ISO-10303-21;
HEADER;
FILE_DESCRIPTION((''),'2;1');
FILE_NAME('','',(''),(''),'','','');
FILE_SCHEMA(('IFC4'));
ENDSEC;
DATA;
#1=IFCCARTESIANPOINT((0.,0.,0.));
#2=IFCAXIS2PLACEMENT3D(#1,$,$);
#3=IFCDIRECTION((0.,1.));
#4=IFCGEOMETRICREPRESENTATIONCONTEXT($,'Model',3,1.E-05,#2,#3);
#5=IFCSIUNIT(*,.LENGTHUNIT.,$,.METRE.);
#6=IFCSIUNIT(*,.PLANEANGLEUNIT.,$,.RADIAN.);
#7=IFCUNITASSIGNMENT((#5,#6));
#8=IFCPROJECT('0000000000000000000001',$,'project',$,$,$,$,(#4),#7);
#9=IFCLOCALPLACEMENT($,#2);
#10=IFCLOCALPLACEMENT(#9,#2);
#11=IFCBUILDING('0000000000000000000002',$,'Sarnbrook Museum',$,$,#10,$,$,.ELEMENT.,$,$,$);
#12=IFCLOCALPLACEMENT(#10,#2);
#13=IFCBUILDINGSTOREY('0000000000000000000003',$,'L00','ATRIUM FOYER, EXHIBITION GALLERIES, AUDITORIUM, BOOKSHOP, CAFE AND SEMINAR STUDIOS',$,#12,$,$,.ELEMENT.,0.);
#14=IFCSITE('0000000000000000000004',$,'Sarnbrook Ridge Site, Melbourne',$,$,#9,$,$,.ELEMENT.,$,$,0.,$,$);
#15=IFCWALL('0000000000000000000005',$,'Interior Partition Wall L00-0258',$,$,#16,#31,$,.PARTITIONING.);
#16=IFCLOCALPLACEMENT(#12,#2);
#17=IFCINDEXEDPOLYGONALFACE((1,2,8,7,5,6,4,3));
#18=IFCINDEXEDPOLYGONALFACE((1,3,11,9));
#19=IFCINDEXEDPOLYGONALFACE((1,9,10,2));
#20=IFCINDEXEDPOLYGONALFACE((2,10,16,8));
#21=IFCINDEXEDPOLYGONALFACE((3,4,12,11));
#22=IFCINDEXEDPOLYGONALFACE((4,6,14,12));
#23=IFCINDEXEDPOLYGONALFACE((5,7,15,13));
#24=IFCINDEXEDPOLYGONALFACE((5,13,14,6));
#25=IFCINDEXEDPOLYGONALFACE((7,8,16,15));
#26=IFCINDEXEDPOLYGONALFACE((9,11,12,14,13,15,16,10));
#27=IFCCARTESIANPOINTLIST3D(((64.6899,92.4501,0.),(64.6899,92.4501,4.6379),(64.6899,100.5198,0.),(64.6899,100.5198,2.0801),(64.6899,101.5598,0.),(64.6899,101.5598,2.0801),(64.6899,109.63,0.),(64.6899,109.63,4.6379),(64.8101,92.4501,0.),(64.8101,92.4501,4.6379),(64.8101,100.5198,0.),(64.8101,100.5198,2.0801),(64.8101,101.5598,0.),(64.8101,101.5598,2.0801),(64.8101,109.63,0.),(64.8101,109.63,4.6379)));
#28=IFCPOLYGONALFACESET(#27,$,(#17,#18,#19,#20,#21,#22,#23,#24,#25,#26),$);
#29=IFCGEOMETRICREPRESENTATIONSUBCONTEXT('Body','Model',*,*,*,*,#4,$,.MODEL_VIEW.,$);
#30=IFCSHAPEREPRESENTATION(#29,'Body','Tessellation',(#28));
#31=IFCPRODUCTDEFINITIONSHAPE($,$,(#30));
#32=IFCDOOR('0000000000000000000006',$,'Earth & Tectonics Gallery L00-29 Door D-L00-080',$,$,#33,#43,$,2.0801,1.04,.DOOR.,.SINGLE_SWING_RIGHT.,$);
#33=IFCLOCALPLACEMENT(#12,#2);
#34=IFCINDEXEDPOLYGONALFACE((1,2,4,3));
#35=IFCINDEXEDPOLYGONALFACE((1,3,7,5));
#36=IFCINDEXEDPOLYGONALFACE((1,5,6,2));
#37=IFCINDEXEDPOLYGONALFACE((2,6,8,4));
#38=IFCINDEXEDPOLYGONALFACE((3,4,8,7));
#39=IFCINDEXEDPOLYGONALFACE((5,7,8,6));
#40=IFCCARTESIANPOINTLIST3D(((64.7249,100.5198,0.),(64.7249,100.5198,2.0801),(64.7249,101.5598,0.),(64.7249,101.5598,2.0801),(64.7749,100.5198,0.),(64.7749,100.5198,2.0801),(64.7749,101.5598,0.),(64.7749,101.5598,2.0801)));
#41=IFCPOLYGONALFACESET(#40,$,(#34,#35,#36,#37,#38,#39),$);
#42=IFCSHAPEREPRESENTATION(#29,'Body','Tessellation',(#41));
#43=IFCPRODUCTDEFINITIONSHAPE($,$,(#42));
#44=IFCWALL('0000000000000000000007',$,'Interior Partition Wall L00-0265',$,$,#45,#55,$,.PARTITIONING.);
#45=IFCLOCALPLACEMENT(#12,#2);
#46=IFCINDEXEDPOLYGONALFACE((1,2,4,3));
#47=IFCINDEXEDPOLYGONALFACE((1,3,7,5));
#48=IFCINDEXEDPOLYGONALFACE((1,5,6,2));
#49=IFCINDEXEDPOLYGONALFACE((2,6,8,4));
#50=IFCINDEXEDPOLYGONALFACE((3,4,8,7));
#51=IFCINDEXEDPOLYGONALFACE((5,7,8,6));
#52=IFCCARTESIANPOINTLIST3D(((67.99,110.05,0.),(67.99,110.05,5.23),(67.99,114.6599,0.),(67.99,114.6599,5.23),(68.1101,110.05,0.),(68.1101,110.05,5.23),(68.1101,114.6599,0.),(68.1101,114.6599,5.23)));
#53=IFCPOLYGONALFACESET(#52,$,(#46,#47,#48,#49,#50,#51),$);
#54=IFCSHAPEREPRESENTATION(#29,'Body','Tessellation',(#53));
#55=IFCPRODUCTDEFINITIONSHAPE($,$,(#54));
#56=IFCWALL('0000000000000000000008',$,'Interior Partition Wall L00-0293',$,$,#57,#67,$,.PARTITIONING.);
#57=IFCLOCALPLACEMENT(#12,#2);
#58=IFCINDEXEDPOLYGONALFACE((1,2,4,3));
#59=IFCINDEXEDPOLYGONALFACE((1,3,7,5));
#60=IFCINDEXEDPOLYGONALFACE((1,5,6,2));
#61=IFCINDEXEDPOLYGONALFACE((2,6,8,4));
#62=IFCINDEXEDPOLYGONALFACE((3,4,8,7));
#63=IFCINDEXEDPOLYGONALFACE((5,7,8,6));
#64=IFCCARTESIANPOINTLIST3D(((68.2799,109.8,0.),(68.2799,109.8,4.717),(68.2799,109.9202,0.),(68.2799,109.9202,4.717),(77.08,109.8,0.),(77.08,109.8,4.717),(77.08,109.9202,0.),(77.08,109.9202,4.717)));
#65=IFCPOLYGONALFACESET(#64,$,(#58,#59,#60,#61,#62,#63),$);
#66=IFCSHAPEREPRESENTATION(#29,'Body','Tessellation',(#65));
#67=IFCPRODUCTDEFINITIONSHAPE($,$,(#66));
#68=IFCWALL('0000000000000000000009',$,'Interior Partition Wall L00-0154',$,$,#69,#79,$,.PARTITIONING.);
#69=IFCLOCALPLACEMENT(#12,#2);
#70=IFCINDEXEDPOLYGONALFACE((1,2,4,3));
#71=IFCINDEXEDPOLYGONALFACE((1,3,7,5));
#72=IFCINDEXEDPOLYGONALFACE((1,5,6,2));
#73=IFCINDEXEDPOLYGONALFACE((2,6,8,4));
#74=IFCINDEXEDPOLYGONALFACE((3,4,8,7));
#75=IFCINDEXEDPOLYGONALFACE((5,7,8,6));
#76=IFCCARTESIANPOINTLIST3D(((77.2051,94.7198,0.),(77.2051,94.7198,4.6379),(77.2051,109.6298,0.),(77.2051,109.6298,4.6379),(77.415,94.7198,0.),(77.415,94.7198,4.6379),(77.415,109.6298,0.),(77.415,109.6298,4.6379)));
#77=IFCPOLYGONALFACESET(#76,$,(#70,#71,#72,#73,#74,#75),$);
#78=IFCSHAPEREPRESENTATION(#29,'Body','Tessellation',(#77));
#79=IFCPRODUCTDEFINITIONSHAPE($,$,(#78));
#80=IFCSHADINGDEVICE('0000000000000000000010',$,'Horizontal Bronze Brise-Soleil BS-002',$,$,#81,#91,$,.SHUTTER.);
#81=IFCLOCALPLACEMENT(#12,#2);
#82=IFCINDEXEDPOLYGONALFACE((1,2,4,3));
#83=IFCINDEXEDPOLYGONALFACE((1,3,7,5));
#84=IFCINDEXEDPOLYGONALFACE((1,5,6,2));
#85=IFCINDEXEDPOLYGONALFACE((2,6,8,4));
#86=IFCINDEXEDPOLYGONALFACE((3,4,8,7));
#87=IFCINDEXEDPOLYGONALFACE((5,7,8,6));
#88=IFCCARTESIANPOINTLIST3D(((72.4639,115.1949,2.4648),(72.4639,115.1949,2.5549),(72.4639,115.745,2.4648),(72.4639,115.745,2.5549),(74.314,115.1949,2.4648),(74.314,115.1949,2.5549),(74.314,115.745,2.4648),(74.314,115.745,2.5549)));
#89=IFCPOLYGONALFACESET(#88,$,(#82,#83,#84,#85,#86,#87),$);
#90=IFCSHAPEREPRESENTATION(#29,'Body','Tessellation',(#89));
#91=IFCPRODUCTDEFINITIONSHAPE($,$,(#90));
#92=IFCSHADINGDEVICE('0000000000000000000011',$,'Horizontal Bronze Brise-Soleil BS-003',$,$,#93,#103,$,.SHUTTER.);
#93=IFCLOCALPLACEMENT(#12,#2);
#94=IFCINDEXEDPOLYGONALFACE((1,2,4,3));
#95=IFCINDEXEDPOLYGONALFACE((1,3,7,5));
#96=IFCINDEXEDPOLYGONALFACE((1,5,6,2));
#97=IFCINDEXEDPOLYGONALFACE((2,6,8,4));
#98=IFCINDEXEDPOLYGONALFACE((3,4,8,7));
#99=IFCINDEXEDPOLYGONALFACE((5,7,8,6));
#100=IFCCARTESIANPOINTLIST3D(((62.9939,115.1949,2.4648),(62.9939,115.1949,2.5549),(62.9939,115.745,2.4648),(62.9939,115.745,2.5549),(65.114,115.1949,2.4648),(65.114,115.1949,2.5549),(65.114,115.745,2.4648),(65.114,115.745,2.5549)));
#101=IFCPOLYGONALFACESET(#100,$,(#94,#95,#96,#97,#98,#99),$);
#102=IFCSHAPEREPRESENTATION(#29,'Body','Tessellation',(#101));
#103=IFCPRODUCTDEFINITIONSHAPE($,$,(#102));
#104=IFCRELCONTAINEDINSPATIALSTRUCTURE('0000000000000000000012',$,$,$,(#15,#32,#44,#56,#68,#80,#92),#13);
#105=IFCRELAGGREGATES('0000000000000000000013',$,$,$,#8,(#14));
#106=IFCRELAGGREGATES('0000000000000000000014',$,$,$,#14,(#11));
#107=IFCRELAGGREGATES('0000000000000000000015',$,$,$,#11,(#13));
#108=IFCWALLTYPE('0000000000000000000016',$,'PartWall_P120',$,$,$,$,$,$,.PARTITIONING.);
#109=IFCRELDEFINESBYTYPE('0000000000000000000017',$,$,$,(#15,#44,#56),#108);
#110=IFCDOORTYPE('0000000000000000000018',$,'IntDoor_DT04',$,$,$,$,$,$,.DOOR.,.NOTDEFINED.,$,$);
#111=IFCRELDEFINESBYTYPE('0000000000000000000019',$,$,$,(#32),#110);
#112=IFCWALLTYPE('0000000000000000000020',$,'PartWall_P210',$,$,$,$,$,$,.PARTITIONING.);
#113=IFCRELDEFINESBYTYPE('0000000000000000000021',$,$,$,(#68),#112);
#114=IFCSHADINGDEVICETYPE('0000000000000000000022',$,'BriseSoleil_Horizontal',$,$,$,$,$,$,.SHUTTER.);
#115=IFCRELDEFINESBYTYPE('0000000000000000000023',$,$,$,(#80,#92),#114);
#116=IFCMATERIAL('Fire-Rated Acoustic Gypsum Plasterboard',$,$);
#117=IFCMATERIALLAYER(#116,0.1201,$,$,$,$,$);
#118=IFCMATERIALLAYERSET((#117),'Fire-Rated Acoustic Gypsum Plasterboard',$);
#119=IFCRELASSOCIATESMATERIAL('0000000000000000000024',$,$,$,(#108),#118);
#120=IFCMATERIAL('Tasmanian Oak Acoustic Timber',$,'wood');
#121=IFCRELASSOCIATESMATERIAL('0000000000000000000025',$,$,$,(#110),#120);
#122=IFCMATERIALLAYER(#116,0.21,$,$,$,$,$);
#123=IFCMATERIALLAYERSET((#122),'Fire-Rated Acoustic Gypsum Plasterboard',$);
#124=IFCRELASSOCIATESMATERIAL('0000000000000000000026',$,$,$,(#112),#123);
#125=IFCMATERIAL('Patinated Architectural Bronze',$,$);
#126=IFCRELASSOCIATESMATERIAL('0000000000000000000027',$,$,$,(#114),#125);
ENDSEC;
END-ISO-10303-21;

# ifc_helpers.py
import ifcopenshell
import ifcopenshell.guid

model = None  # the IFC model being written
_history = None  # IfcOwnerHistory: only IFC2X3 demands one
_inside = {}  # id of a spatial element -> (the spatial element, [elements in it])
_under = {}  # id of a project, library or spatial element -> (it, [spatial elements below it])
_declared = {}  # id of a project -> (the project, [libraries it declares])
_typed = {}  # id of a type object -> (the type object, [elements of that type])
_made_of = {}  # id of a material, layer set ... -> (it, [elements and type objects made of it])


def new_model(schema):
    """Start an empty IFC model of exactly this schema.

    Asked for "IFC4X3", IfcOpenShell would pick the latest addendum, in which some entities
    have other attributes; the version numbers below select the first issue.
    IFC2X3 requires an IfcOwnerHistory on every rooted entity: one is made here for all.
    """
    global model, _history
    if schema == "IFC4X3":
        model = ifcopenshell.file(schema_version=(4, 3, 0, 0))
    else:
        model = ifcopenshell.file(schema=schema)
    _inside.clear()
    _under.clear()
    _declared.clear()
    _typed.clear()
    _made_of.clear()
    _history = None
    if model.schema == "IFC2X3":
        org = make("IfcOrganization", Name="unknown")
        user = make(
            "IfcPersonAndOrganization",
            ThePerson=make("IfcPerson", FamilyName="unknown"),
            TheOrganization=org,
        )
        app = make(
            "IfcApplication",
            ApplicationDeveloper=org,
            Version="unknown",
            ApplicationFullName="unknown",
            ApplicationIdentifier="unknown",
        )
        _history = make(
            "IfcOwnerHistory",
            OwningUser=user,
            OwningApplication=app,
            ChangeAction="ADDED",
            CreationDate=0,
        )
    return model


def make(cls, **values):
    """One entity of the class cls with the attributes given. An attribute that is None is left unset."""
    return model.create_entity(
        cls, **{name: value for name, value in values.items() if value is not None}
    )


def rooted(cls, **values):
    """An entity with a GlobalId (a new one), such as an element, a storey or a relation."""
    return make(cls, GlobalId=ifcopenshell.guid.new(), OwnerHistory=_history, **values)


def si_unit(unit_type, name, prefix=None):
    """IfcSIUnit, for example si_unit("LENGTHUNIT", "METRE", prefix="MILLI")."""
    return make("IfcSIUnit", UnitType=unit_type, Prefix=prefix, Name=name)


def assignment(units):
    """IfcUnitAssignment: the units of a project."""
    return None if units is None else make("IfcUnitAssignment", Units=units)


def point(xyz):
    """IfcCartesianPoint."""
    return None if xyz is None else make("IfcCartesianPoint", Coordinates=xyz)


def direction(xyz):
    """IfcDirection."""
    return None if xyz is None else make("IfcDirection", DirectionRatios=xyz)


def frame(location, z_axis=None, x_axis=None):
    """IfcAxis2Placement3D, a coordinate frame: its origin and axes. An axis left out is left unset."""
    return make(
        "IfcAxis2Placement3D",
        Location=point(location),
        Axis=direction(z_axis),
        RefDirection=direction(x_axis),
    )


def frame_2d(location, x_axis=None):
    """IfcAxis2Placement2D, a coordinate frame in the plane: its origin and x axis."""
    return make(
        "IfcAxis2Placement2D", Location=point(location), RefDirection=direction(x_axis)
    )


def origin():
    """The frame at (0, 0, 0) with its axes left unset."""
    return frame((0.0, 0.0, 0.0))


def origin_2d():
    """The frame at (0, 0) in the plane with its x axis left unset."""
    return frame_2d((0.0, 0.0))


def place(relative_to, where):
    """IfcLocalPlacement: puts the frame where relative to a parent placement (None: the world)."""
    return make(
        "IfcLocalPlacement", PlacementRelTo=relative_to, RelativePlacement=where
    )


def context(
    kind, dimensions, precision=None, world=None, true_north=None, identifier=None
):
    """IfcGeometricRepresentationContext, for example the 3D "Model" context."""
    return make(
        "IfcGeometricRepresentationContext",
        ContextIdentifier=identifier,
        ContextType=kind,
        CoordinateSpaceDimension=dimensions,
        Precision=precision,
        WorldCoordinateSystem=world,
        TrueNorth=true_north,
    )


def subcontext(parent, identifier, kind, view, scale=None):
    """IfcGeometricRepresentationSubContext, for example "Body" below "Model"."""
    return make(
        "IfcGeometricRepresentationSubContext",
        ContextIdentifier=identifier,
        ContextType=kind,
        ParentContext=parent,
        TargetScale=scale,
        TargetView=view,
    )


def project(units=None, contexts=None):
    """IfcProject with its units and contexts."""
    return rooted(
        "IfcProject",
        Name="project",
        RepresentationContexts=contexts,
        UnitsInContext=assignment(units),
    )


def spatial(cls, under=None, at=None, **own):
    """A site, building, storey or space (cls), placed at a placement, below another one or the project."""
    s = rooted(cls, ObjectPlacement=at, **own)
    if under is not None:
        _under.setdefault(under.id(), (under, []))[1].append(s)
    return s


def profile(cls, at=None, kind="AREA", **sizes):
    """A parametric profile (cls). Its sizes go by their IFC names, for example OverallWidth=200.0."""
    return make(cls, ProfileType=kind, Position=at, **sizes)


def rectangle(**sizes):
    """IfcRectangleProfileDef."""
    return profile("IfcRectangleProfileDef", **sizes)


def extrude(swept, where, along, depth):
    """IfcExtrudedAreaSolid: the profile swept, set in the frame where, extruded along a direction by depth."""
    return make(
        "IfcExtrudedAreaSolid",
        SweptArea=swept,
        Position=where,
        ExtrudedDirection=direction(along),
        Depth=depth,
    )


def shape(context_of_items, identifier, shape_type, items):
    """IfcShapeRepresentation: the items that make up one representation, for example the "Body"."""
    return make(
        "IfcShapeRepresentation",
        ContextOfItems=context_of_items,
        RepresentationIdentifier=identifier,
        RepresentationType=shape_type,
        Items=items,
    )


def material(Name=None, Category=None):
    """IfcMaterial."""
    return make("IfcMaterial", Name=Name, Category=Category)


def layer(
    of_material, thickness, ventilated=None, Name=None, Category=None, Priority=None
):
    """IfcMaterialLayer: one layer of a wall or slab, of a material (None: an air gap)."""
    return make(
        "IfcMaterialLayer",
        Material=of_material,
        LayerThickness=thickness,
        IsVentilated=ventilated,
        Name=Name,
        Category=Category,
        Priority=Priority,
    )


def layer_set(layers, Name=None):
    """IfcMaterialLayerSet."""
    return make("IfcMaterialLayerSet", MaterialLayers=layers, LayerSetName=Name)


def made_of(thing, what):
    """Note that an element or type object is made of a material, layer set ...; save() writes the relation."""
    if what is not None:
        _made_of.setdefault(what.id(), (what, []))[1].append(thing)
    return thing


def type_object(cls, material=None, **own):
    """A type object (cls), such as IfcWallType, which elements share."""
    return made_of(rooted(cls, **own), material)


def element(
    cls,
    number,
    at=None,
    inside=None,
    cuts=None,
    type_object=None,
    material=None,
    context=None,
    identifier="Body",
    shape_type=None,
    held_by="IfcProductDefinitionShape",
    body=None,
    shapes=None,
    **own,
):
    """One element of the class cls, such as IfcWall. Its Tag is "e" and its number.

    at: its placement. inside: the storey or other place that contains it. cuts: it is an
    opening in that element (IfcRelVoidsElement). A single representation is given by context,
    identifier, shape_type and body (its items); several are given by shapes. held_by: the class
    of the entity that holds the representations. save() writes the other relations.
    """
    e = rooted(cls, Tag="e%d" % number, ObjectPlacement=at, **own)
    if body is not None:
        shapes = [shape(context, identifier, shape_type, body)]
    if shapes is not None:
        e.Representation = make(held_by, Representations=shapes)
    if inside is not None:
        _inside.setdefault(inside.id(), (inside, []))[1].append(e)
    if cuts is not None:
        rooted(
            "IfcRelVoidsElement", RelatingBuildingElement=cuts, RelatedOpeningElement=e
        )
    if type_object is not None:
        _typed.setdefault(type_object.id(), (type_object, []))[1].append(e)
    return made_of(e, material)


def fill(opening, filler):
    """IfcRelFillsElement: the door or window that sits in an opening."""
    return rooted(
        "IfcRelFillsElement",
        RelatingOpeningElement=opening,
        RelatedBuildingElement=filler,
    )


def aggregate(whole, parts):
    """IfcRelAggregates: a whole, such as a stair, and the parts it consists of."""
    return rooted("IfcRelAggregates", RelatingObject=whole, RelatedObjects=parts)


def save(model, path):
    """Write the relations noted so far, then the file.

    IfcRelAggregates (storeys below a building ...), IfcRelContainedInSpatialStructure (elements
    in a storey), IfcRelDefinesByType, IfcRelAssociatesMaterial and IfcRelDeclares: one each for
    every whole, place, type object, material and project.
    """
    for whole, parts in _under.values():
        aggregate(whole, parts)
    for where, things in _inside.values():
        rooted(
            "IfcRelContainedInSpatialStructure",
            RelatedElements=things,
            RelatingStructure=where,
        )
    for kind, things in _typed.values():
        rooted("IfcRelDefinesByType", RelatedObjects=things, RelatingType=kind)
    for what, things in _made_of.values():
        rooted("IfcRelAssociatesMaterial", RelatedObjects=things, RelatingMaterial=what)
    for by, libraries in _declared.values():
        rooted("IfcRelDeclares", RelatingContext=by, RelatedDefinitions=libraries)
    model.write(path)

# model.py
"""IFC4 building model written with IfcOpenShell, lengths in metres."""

from ifc_helpers import new_model, si_unit, direction, frame, frame_2d, origin, origin_2d, place, context, subcontext, project, spatial, rectangle, extrude, material, layer, layer_set, type_object, element, fill, save


model = new_model("IFC4")

# Units and contexts
model_context = context("Model", 3, precision=1e-05, world=origin(), true_north=direction((0.0, 1.0)))
body_context = subcontext(model_context, "Body", "Model", "MODEL_VIEW")
ifc_project = project(units=[si_unit("LENGTHUNIT", "METRE"), si_unit("PLANEANGLEUNIT", "RADIAN")], contexts=[model_context])

# Site, building, storey
site_placement = place(None, origin())
site = spatial("IfcSite", under=ifc_project, at=site_placement, Name="Sarnbrook Ridge Site, Melbourne", CompositionType="ELEMENT", RefElevation=0.0)
building_placement = place(site_placement, origin())
building = spatial("IfcBuilding", under=site, at=building_placement, Name="Sarnbrook Museum", CompositionType="ELEMENT")
storey_placement = place(building_placement, origin())
storey = spatial("IfcBuildingStorey", under=building, at=storey_placement, Name="L00", Description="ATRIUM FOYER, EXHIBITION GALLERIES, AUDITORIUM, BOOKSHOP, CAFE AND SEMINAR STUDIOS", CompositionType="ELEMENT", Elevation=0.0)

# Wall, opening, door
ifc_material_1 = material(Name="Fire-Rated Acoustic Gypsum Plasterboard")
ifc_layer_1 = layer(ifc_material_1, 0.1201)
ifc_layer_set_1 = layer_set([ifc_layer_1], Name="Fire-Rated Acoustic Gypsum Plasterboard")
wall_type_1 = type_object("IfcWallType", Name="PartWall_P120", PredefinedType="PARTITIONING", material=ifc_layer_set_1)
wall_1_placement = place(storey_placement, frame((64.75, 109.6299, 0.0), z_axis=(0.0, 0.0, 1.0), x_axis=(0.0, -1.0, 0.0)))
wall_1 = element("IfcWall", 1, at=wall_1_placement, inside=storey, type_object=wall_type_1, Name="Interior Partition Wall L00-0258", PredefinedType="PARTITIONING", context=body_context, shape_type="SweptSolid", body=[
    extrude(rectangle(XDim=17.1799, YDim=0.1201, at=frame_2d((8.5898, 0.0))), origin(), (0.0, 0.0, 1.0), 4.6379),
])
opening_placement = place(wall_1_placement, frame((8.0701, 0.0, 0.0)))
opening = element("IfcOpeningElement", 2, at=opening_placement, cuts=wall_1, PredefinedType="OPENING", context=body_context, shape_type="SweptSolid", body=[
    extrude(rectangle(XDim=1.04, YDim=2.0801, at=frame_2d((0.52, 1.04))), frame((0.0, 0.0701, 0.0), z_axis=(0.0, -1.0, 0.0), x_axis=(1.0, 0.0, 0.0)), (0.0, 0.0, 1.0), 0.1401),
])
ifc_material_2 = material(Name="Tasmanian Oak Acoustic Timber", Category="wood")
door_type = type_object("IfcDoorType", Name="IntDoor_DT04", OperationType="NOTDEFINED", PredefinedType="DOOR", material=ifc_material_2)
door_placement = place(opening_placement, origin())
door = element("IfcDoor", 3, at=door_placement, inside=storey, type_object=door_type, Name="Earth & Tectonics Gallery L00-29 Door D-L00-080", OperationType="SINGLE_SWING_RIGHT", OverallHeight=2.0801, OverallWidth=1.04, PredefinedType="DOOR", context=body_context, shape_type="SweptSolid", body=[
    extrude(rectangle(XDim=1.04, YDim=2.0801, at=frame_2d((0.52, 1.04))), frame((0.0, 0.0249, 0.0), z_axis=(0.0, -1.0, 0.0), x_axis=(1.0, 0.0, 0.0)), (0.0, 0.0, 1.0), 0.05),
])
fill(opening, door)

# Walls
wall_2_placement = place(storey_placement, frame((68.05, 110.05, 0.0), z_axis=(0.0, 0.0, 1.0), x_axis=(0.0, 1.0, 0.0)))
element("IfcWall", 4, at=wall_2_placement, inside=storey, type_object=wall_type_1, Name="Interior Partition Wall L00-0265", PredefinedType="PARTITIONING", context=body_context, shape_type="SweptSolid", body=[
    extrude(rectangle(XDim=4.6099, YDim=0.1201, at=frame_2d((2.3049, 0.0))), origin(), (0.0, 0.0, 1.0), 5.23),
])
wall_3_placement = place(storey_placement, frame((68.28, 109.8601, 0.0), z_axis=(0.0, 0.0, 1.0), x_axis=(1.0, 0.0, 0.0)))
element("IfcWall", 5, at=wall_3_placement, inside=storey, type_object=wall_type_1, Name="Interior Partition Wall L00-0293", PredefinedType="PARTITIONING", context=body_context, shape_type="SweptSolid", body=[
    extrude(rectangle(XDim=8.8, YDim=0.1201, at=frame_2d((4.3999, 0.0))), origin(), (0.0, 0.0, 1.0), 4.717),
])
ifc_layer_2 = layer(ifc_material_1, 0.21)
ifc_layer_set_2 = layer_set([ifc_layer_2], Name="Fire-Rated Acoustic Gypsum Plasterboard")
wall_type_2 = type_object("IfcWallType", Name="PartWall_P210", PredefinedType="PARTITIONING", material=ifc_layer_set_2)
wall_4_placement = place(storey_placement, frame((77.3101, 109.6299, 0.0), z_axis=(0.0, 0.0, 1.0), x_axis=(0.0, -1.0, 0.0)))
element("IfcWall", 6, at=wall_4_placement, inside=storey, type_object=wall_type_2, Name="Interior Partition Wall L00-0154", PredefinedType="PARTITIONING", context=body_context, shape_type="SweptSolid", body=[
    extrude(rectangle(XDim=14.9099, YDim=0.21, at=frame_2d((7.4551, 0.0))), origin(), (0.0, 0.0, 1.0), 4.6379),
])

# Shading devices
ifc_material_3 = material(Name="Patinated Architectural Bronze")
shading_device_type = type_object("IfcShadingDeviceType", Name="BriseSoleil_Horizontal", PredefinedType="SHUTTER", material=ifc_material_3)
shading_device_1_placement = place(storey_placement, frame((73.3889, 115.47, 2.4648), z_axis=(0.0, 0.0, 1.0), x_axis=(1.0, 0.0, 0.0)))
element("IfcShadingDevice", 7, at=shading_device_1_placement, inside=storey, type_object=shading_device_type, Name="Horizontal Bronze Brise-Soleil BS-002", PredefinedType="SHUTTER", context=body_context, shape_type="SweptSolid", body=[
    extrude(rectangle(XDim=1.8501, YDim=0.55, at=origin_2d()), origin(), (0.0, 0.0, 1.0), 0.0901),
])
shading_device_2_placement = place(storey_placement, frame((64.054, 115.47, 2.4648), z_axis=(0.0, 0.0, 1.0), x_axis=(1.0, 0.0, 0.0)))
element("IfcShadingDevice", 8, at=shading_device_2_placement, inside=storey, type_object=shading_device_type, Name="Horizontal Bronze Brise-Soleil BS-003", PredefinedType="SHUTTER", context=body_context, shape_type="SweptSolid", body=[
    extrude(rectangle(XDim=2.1201, YDim=0.55, at=origin_2d()), origin(), (0.0, 0.0, 1.0), 0.0901),
])

save(model, "model.ifc")
